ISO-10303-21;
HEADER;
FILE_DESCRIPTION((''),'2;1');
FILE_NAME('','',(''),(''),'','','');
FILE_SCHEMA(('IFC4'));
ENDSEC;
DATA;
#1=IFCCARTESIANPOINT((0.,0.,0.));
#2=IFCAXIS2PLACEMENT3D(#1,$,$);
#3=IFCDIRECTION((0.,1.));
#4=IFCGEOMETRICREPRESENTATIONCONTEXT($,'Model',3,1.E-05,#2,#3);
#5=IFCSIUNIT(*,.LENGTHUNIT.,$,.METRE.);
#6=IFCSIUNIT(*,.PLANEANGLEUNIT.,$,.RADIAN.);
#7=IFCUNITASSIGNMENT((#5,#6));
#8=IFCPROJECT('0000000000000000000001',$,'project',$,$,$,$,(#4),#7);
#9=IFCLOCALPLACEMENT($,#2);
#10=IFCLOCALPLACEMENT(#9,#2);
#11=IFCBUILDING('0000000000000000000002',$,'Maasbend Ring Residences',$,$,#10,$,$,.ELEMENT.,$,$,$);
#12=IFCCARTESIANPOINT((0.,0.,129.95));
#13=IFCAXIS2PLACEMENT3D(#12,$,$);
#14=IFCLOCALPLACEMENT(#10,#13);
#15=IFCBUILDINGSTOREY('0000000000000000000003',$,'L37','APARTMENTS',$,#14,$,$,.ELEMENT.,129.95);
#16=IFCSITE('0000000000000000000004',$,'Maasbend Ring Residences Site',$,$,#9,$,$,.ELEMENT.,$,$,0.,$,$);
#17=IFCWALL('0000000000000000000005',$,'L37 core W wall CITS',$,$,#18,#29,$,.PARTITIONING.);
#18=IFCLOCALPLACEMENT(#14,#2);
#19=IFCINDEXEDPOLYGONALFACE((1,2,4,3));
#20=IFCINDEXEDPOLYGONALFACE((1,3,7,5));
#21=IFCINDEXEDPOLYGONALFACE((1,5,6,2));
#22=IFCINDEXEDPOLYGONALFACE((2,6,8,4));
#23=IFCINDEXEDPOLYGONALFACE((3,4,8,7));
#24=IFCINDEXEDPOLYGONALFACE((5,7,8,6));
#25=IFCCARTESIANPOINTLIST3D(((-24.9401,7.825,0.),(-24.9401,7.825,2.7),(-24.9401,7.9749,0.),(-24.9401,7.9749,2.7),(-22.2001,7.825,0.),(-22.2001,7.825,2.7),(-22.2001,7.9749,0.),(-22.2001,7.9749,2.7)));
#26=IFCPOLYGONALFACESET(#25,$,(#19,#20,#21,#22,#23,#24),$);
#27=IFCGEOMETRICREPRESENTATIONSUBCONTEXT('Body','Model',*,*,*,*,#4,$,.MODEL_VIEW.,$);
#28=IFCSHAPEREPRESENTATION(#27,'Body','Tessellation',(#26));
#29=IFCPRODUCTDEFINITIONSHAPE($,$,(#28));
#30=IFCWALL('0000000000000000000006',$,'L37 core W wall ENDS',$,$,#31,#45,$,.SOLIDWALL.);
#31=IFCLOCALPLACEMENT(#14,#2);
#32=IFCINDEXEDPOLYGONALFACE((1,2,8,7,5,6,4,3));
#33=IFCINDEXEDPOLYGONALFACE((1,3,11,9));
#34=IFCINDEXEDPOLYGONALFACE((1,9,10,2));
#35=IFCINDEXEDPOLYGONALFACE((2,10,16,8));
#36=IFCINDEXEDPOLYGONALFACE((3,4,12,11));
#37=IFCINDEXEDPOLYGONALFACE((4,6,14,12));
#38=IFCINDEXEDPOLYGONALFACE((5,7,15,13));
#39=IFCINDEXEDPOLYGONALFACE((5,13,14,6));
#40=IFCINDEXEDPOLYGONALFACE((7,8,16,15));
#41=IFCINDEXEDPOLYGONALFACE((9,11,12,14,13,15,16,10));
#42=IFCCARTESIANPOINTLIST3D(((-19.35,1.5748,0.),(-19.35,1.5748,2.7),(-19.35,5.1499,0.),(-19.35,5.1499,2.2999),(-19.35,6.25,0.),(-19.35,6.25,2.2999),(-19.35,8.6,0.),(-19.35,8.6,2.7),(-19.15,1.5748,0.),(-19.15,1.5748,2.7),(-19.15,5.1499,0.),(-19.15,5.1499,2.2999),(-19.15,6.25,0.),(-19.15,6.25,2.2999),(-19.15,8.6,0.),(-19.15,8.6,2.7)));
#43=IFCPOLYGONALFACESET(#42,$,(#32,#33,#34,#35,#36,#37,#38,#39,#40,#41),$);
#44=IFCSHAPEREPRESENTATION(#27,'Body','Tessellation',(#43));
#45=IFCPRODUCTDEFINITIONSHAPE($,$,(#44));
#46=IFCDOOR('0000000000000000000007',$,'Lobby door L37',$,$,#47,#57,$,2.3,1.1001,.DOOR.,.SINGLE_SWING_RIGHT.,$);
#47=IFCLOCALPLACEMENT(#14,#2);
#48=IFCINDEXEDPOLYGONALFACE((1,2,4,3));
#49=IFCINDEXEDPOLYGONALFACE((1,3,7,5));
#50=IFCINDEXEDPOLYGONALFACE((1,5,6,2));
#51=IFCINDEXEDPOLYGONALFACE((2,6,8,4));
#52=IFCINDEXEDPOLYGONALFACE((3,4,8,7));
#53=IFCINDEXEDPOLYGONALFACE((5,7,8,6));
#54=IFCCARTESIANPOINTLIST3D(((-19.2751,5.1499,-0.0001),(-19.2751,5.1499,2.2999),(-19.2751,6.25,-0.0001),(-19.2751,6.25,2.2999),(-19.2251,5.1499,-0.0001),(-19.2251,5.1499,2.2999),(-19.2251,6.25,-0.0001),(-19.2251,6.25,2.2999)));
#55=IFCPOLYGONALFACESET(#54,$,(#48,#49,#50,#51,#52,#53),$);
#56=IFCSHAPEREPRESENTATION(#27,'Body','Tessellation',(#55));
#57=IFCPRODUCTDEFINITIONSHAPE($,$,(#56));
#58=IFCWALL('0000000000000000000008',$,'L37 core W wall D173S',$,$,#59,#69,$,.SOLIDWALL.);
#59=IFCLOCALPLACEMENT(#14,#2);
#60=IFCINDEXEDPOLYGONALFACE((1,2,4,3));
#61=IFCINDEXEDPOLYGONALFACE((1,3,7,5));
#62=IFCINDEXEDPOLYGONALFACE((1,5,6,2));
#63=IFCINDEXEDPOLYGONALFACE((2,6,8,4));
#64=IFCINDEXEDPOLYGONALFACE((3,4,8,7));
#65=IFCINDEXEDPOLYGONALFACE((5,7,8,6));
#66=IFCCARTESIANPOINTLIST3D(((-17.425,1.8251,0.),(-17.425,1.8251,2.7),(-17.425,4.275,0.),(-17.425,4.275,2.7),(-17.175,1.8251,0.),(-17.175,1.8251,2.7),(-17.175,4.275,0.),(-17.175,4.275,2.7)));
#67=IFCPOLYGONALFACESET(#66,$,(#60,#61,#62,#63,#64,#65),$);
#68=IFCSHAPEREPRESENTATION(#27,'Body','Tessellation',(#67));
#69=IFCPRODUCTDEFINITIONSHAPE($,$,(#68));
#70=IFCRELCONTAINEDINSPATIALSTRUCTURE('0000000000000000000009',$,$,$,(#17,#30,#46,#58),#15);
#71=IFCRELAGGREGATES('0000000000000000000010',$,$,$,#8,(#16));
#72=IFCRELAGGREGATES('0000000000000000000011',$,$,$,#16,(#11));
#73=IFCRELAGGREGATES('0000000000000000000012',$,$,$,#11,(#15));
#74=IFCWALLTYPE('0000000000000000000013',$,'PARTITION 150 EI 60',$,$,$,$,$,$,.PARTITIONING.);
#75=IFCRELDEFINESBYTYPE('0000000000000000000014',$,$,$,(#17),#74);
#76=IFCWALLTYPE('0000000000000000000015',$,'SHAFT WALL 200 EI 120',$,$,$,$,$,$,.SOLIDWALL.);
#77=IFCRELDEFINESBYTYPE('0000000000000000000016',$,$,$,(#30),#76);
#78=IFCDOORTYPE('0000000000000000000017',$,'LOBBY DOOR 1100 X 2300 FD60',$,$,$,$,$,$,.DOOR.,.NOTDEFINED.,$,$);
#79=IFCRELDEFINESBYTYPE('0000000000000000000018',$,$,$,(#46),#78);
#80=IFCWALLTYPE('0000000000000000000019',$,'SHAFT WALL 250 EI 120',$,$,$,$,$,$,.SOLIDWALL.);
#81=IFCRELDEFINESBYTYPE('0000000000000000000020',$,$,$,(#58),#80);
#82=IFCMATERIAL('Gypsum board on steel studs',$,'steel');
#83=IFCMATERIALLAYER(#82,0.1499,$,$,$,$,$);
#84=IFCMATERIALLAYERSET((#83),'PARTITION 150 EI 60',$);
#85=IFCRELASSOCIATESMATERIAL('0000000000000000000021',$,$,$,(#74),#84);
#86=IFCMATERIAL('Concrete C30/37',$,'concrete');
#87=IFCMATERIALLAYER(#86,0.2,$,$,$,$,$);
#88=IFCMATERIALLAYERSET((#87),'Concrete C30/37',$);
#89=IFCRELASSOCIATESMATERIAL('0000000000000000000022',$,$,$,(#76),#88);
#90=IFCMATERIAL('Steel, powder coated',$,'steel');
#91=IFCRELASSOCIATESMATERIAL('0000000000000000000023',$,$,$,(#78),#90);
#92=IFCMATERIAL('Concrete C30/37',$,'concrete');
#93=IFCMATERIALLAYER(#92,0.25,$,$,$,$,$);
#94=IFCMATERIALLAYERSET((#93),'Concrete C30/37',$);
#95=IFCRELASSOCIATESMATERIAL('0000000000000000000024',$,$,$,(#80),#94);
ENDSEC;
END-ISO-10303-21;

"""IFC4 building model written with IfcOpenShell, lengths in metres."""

from ifc_helpers import new_model, si_unit, direction, frame, frame_2d, origin, place, context, subcontext, project, spatial, rectangle, extrude, material, layer, layer_set, type_object, element, fill, save


model = new_model("IFC4")

# Units and contexts
model_context = context("Model", 3, precision=1e-05, world=origin(), true_north=direction((0.0, 1.0)))
body_context = subcontext(model_context, "Body", "Model", "MODEL_VIEW")
ifc_project = project(units=[si_unit("LENGTHUNIT", "METRE"), si_unit("PLANEANGLEUNIT", "RADIAN")], contexts=[model_context])

# Site, building, storey
site_placement = place(None, origin())
site = spatial("IfcSite", under=ifc_project, at=site_placement, Name="Maasbend Ring Residences Site", CompositionType="ELEMENT", RefElevation=0.0)
building_placement = place(site_placement, origin())
building = spatial("IfcBuilding", under=site, at=building_placement, Name="Maasbend Ring Residences", CompositionType="ELEMENT")
storey_placement = place(building_placement, frame((0.0, 0.0, 129.95)))
storey = spatial("IfcBuildingStorey", under=building, at=storey_placement, Name="L37", Description="APARTMENTS", CompositionType="ELEMENT", Elevation=129.95)

# Shared definitions
ifc_material_1 = material(Name="Gypsum board on steel studs", Category="steel")
ifc_layer_1 = layer(ifc_material_1, 0.1499)
ifc_layer_set_1 = layer_set([ifc_layer_1], Name="PARTITION 150 EI 60")
wall_type_1 = type_object("IfcWallType", Name="PARTITION 150 EI 60", PredefinedType="PARTITIONING", material=ifc_layer_set_1)

# Wall
wall_1_placement = place(storey_placement, frame((-22.2, 7.8999, 0.0), z_axis=(0.0, 0.0, 1.0), x_axis=(-1.0, 0.0, 0.0)))
element("IfcWall", 1, at=wall_1_placement, inside=storey, type_object=wall_type_1, Name="L37 core W wall CITS", PredefinedType="PARTITIONING", context=body_context, shape_type="SweptSolid", body=[
    extrude(rectangle(XDim=2.74, YDim=0.1499, at=frame_2d((1.3701, 0.0))), origin(), (0.0, 0.0, 1.0), 2.7),
])

# Wall, opening, door
ifc_material_2 = material(Name="Concrete C30/37", Category="concrete")
ifc_layer_2 = layer(ifc_material_2, 0.2)
ifc_layer_set_2 = layer_set([ifc_layer_2], Name="Concrete C30/37")
wall_type_2 = type_object("IfcWallType", Name="SHAFT WALL 200 EI 120", PredefinedType="SOLIDWALL", material=ifc_layer_set_2)
wall_2_placement = place(storey_placement, frame((-19.25, 8.6001, 0.0), z_axis=(0.0, 0.0, 1.0), x_axis=(0.0, -1.0, 0.0)))
wall_2 = element("IfcWall", 2, at=wall_2_placement, inside=storey, type_object=wall_type_2, Name="L37 core W wall ENDS", PredefinedType="SOLIDWALL", context=body_context, shape_type="SweptSolid", body=[
    extrude(rectangle(XDim=7.0251, YDim=0.2, at=frame_2d((3.5127, 0.0))), origin(), (0.0, 0.0, 1.0), 2.7),
])
opening_1_placement = place(wall_2_placement, frame((2.3501, 0.0, 0.0)))
opening_1 = element("IfcOpeningElement", 3, at=opening_1_placement, cuts=wall_2, PredefinedType="OPENING", context=body_context, shape_type="SweptSolid", body=[
    extrude(rectangle(XDim=1.1001, YDim=2.3, at=frame_2d((0.55, 1.1499))), frame((0.0, 0.1099, 0.0), z_axis=(0.0, -1.0, 0.0), x_axis=(1.0, 0.0, 0.0)), (0.0, 0.0, 1.0), 0.22),
])
ifc_material_3 = material(Name="Steel, powder coated", Category="steel")
door_type_1 = type_object("IfcDoorType", Name="LOBBY DOOR 1100 X 2300 FD60", OperationType="NOTDEFINED", PredefinedType="DOOR", material=ifc_material_3)
door_1_placement = place(opening_1_placement, origin())
door_1 = element("IfcDoor", 4, at=door_1_placement, inside=storey, type_object=door_type_1, Name="Lobby door L37", OperationType="SINGLE_SWING_RIGHT", OverallHeight=2.3, OverallWidth=1.1001, PredefinedType="DOOR", context=body_context, shape_type="SweptSolid", body=[
    extrude(rectangle(XDim=1.1001, YDim=2.3, at=frame_2d((0.55, 1.1499))), frame((0.0, 0.0249, 0.0), z_axis=(0.0, -1.0, 0.0), x_axis=(1.0, 0.0, 0.0)), (0.0, 0.0, 1.0), 0.05),
])
fill(opening_1, door_1)

# Wall
ifc_material_4 = material(Name="Concrete C30/37", Category="concrete")
ifc_layer_3 = layer(ifc_material_4, 0.25)
ifc_layer_set_3 = layer_set([ifc_layer_3], Name="Concrete C30/37")
wall_type_3 = type_object("IfcWallType", Name="SHAFT WALL 250 EI 120", PredefinedType="SOLIDWALL", material=ifc_layer_set_3)
wall_3_placement = place(storey_placement, frame((-17.3, 1.825, 0.0), z_axis=(0.0, 0.0, 1.0), x_axis=(0.0, 1.0, 0.0)))
element("IfcWall", 5, at=wall_3_placement, inside=storey, type_object=wall_type_3, Name="L37 core W wall D173S", PredefinedType="SOLIDWALL", context=body_context, shape_type="SweptSolid", body=[
    extrude(rectangle(XDim=2.45, YDim=0.25, at=frame_2d((1.2251, 0.0))), origin(), (0.0, 0.0, 1.0), 2.7),
])

save(model, "model.ifc")
